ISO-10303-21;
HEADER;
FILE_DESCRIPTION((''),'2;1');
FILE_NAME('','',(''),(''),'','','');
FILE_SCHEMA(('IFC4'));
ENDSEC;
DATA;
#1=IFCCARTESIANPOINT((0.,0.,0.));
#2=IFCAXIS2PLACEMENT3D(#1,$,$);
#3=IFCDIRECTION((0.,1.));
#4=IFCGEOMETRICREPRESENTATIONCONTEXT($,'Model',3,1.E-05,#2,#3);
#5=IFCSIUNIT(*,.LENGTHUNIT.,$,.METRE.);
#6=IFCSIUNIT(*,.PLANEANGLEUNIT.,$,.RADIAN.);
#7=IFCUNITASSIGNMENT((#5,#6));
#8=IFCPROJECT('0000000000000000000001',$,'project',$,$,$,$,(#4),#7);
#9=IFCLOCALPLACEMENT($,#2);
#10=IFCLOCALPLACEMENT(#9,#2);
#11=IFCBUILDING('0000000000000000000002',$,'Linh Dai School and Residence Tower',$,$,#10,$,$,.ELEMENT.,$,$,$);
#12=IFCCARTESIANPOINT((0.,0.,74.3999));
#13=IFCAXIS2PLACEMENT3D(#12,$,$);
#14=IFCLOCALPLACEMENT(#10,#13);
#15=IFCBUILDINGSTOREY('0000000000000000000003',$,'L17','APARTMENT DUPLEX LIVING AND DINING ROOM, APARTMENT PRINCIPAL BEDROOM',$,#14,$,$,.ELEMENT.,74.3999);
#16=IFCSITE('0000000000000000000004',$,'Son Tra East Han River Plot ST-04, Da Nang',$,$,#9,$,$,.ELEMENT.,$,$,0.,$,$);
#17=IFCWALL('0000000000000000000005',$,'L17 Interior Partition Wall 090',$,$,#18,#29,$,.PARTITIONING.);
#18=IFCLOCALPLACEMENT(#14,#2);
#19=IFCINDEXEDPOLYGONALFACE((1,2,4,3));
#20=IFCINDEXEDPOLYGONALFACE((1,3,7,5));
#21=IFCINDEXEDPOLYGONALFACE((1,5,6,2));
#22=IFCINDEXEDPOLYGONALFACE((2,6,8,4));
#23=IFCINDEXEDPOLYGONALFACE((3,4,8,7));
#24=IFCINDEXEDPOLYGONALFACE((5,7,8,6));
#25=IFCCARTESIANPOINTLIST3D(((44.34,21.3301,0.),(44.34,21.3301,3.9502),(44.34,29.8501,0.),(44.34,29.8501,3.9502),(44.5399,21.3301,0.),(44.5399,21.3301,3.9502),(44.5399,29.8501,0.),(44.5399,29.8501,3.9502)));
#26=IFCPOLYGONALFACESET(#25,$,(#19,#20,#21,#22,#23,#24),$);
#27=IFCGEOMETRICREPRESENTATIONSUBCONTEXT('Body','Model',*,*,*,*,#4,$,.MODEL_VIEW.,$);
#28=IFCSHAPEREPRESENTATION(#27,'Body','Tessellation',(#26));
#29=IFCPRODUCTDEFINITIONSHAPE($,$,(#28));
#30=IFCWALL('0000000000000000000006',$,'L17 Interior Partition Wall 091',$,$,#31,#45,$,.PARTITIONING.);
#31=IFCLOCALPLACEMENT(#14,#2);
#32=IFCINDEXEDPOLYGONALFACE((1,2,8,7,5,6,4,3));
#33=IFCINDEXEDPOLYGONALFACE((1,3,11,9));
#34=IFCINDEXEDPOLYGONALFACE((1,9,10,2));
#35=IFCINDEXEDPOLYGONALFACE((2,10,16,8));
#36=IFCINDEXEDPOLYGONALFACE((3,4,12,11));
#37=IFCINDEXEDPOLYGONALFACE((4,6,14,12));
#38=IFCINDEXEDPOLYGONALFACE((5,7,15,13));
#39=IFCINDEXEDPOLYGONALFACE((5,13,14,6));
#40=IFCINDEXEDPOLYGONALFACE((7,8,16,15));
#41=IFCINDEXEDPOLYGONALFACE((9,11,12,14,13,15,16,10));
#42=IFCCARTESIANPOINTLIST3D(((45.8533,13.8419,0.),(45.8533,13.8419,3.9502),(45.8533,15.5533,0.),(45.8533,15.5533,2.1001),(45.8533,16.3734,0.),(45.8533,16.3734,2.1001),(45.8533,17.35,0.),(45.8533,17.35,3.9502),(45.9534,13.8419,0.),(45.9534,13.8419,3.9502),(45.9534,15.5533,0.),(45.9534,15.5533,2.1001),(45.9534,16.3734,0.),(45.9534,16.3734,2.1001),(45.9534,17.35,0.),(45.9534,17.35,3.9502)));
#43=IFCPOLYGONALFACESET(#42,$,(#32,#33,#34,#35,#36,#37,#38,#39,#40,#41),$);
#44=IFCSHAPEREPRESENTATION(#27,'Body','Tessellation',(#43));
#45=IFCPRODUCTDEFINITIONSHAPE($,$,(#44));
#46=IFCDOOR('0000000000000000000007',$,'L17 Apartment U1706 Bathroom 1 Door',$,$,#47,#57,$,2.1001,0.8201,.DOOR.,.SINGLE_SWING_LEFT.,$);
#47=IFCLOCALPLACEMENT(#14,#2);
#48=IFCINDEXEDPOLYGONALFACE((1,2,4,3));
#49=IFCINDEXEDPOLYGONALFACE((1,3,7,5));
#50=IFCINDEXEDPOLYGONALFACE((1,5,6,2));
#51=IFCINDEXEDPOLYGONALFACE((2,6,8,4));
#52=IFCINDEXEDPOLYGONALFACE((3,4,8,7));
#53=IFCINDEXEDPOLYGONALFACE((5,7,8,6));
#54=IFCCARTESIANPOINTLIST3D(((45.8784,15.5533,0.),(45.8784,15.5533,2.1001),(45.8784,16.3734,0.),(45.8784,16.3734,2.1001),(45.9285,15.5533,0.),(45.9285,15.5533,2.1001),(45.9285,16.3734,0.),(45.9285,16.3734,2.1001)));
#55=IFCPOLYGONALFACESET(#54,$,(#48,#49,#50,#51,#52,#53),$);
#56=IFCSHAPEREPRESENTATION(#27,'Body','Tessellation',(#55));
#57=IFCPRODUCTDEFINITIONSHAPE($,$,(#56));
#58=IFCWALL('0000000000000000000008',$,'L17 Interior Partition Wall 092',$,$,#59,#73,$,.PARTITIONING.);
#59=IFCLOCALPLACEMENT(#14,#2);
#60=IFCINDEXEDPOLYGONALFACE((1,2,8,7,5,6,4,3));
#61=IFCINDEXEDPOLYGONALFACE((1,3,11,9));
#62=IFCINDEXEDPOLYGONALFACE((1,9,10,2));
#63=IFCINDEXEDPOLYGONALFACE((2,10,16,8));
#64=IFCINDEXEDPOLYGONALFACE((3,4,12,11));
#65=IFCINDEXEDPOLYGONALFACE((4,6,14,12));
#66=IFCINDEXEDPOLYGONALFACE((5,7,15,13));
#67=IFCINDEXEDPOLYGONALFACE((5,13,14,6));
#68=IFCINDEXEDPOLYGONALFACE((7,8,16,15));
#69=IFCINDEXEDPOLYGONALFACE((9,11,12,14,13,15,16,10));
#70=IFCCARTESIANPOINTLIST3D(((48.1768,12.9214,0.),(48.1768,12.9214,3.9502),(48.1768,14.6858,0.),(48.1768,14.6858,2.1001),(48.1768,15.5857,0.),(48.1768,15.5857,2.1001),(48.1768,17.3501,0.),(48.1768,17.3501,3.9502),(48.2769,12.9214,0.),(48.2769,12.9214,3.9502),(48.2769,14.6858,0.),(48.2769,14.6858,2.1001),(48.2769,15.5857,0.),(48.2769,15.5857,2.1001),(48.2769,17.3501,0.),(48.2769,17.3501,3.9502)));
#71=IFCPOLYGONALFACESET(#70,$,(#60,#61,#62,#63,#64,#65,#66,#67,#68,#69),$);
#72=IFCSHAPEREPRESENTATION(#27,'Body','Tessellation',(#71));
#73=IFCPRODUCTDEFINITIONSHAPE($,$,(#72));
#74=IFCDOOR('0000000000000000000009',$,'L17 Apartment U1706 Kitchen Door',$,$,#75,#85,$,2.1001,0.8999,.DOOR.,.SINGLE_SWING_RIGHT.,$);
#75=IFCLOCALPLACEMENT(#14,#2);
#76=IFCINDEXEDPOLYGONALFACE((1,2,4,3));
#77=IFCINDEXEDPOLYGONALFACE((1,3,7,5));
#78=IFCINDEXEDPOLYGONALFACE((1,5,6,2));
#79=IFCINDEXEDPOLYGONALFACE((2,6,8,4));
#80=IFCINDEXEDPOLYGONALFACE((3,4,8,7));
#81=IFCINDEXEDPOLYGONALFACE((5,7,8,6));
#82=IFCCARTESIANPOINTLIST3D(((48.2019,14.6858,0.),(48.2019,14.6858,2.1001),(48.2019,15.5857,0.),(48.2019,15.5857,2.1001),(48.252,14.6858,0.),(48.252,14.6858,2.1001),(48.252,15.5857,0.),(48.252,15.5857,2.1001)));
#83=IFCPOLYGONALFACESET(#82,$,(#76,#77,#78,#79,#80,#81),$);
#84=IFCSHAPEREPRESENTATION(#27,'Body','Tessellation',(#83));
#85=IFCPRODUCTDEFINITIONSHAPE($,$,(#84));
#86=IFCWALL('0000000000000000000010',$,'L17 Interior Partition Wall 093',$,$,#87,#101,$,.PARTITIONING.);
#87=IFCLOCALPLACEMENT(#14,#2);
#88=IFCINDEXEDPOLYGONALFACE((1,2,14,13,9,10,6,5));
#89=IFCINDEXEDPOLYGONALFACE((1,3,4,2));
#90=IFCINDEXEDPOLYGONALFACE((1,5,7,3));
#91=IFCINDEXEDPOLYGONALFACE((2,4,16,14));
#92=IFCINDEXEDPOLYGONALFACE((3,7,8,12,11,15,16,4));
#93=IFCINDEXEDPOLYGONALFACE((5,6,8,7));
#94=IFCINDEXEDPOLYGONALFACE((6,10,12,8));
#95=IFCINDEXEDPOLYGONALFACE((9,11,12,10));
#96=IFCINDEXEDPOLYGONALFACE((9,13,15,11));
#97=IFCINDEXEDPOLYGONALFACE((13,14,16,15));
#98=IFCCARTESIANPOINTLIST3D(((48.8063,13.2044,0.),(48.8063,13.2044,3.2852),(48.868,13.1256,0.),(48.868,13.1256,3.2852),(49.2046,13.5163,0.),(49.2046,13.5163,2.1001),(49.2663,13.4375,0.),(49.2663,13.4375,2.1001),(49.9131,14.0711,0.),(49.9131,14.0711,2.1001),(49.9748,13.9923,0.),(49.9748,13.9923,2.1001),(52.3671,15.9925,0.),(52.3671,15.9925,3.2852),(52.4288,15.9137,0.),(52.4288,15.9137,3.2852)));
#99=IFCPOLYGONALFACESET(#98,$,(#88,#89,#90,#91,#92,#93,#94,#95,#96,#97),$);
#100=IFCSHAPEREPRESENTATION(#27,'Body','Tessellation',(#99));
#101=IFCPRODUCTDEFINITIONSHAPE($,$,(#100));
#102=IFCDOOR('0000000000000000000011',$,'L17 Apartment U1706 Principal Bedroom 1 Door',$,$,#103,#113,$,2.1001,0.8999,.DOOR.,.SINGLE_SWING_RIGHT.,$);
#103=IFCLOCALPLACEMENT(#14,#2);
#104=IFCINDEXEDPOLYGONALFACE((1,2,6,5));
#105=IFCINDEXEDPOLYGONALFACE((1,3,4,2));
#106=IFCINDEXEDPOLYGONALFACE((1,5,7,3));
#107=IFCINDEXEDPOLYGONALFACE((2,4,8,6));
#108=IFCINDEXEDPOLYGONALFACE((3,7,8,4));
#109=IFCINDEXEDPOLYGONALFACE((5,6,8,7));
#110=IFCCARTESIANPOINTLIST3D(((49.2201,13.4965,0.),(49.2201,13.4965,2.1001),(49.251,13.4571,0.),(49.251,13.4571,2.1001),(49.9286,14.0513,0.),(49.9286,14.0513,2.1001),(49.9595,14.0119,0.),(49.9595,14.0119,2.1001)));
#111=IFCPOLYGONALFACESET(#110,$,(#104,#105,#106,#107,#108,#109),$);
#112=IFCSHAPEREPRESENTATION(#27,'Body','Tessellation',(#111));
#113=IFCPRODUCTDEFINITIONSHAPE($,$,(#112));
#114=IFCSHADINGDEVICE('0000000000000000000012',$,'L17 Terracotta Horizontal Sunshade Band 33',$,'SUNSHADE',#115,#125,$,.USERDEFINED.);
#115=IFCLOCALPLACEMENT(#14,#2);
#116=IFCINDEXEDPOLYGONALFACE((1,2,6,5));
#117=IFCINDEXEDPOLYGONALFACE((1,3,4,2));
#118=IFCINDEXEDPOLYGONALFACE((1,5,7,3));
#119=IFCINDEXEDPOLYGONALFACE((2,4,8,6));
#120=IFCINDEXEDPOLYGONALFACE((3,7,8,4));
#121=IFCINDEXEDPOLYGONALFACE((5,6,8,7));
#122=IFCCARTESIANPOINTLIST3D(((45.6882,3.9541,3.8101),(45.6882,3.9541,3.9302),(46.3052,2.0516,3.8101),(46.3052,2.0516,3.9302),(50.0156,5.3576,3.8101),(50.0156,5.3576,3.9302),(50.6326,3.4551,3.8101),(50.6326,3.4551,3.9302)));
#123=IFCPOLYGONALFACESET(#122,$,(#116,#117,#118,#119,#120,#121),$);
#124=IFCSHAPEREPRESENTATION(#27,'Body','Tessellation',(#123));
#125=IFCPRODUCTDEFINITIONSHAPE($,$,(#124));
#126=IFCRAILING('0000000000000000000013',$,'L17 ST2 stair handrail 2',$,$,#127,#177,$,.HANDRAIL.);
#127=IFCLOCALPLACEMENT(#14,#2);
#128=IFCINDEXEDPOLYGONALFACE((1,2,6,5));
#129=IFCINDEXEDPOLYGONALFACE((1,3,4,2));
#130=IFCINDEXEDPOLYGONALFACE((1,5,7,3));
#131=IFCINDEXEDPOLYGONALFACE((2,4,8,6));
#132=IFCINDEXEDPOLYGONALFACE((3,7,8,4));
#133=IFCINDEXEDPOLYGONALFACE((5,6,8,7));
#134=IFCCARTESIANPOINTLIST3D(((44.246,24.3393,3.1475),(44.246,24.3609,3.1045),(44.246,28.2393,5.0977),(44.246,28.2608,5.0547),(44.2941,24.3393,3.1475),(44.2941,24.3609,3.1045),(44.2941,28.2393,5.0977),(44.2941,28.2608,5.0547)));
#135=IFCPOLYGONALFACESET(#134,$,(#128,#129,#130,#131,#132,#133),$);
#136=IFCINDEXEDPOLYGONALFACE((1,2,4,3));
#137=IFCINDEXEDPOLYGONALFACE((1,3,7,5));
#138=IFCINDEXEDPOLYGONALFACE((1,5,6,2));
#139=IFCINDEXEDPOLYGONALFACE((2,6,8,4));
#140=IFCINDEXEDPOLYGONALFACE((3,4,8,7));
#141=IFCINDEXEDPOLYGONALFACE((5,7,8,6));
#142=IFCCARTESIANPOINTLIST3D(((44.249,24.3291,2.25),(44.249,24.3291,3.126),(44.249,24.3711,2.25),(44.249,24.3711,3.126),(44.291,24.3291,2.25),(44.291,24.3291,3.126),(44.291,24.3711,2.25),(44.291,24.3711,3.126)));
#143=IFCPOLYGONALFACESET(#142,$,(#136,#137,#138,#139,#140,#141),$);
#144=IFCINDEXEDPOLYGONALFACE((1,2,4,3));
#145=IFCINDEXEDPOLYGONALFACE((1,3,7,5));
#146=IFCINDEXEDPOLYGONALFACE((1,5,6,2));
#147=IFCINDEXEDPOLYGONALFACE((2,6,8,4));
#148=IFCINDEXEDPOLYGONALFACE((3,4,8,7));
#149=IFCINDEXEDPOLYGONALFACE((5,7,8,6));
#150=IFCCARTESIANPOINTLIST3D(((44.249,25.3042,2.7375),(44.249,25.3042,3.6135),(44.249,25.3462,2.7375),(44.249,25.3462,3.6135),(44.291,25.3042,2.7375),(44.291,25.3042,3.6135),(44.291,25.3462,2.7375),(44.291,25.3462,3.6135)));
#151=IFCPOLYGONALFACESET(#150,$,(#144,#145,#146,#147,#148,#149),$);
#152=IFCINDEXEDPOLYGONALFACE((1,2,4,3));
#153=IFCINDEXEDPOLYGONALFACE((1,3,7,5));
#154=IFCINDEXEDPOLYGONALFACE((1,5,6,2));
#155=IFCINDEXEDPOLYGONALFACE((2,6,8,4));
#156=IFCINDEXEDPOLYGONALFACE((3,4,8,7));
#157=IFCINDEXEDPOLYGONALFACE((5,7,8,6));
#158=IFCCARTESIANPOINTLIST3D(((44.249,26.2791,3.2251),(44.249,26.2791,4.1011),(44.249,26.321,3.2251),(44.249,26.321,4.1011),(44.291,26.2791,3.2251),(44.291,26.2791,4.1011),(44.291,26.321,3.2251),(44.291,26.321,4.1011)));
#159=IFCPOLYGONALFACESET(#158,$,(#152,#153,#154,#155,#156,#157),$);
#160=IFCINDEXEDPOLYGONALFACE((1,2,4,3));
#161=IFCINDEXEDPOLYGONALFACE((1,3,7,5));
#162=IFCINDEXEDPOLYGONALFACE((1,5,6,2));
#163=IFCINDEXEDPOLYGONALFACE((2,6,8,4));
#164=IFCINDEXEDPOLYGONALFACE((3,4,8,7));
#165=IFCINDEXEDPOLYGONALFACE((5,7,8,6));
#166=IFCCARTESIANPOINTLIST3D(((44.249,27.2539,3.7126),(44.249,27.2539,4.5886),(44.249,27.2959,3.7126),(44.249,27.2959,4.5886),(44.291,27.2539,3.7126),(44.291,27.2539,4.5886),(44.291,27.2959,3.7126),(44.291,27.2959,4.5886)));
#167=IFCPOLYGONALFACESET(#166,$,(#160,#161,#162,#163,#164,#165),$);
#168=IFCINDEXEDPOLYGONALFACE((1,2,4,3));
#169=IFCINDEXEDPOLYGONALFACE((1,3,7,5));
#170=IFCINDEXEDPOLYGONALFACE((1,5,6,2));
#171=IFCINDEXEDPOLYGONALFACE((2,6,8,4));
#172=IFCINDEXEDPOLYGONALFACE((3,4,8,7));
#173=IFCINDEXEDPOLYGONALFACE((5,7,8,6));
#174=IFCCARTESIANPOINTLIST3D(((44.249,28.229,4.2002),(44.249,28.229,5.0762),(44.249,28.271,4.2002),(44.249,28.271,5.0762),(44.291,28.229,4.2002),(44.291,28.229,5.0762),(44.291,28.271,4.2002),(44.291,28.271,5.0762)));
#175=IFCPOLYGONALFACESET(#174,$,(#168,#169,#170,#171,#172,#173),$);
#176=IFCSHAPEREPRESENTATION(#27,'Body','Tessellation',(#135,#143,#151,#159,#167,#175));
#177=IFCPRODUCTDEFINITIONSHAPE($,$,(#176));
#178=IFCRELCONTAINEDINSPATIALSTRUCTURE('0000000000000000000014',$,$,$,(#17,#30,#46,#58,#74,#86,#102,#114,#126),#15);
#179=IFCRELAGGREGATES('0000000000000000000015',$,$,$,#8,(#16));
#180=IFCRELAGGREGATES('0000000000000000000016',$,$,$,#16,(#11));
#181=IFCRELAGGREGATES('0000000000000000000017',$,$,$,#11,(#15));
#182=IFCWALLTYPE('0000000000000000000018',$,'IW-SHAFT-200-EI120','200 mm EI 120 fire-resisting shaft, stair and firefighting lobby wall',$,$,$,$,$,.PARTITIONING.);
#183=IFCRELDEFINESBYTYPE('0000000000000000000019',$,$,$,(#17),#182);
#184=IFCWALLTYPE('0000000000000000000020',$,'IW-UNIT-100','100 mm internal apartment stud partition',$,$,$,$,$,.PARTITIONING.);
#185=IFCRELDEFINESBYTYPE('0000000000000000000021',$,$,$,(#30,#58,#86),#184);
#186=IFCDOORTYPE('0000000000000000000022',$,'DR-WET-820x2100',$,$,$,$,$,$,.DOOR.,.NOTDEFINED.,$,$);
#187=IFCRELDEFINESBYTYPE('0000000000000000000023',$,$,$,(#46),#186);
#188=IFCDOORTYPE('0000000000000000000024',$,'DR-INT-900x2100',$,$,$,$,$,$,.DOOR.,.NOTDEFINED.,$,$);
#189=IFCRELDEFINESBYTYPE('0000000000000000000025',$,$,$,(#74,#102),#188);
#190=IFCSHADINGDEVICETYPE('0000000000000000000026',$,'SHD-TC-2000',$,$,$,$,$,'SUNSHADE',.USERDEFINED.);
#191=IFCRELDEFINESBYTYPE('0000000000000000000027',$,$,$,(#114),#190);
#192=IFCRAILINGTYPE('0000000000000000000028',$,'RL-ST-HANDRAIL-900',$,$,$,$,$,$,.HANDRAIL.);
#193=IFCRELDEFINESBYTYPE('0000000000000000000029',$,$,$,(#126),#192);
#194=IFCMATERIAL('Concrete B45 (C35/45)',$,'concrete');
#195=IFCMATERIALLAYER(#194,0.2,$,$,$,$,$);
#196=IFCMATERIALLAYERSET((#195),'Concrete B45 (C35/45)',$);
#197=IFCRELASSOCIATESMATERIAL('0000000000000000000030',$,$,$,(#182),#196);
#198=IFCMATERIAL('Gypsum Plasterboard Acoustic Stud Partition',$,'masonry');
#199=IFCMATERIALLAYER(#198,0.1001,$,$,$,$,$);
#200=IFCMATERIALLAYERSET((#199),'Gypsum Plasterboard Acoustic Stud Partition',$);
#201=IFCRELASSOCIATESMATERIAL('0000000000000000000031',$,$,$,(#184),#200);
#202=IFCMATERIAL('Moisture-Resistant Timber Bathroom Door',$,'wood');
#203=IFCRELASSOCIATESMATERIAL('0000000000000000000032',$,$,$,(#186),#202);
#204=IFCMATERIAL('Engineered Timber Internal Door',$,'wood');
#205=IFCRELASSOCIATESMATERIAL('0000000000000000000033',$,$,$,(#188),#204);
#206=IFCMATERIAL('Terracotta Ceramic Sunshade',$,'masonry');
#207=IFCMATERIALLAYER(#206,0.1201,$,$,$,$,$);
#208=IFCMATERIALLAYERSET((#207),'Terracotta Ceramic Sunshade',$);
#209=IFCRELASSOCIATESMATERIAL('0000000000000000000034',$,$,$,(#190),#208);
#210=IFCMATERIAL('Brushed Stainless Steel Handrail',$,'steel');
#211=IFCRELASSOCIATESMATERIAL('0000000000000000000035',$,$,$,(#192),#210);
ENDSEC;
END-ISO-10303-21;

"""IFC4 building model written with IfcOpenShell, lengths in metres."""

from ifc_helpers import new_model, si_unit, direction, frame, frame_2d, origin, origin_2d, place, context, subcontext, project, spatial, rectangle, extrude, source, transform, mapped, material, layer, layer_set, type_object, element, fill, save


model = new_model("IFC4")

# Units and contexts
model_context = context("Model", 3, precision=1e-05, world=origin(), true_north=direction((0.0, 1.0)))
body_context = subcontext(model_context, "Body", "Model", "MODEL_VIEW")
ifc_project = project(units=[si_unit("LENGTHUNIT", "METRE"), si_unit("PLANEANGLEUNIT", "RADIAN")], contexts=[model_context])

# Site, building, storey
site_placement = place(None, origin())
site = spatial("IfcSite", under=ifc_project, at=site_placement, Name="Son Tra East Han River Plot ST-04, Da Nang", CompositionType="ELEMENT", RefElevation=0.0)
building_placement = place(site_placement, origin())
building = spatial("IfcBuilding", under=site, at=building_placement, Name="Linh Dai School and Residence Tower", CompositionType="ELEMENT")
storey_placement = place(building_placement, frame((0.0, 0.0, 74.3999)))
storey = spatial("IfcBuildingStorey", under=building, at=storey_placement, Name="L17", Description="APARTMENT DUPLEX LIVING AND DINING ROOM, APARTMENT PRINCIPAL BEDROOM", CompositionType="ELEMENT", Elevation=74.3999)

# Wall
ifc_material_1 = material(Name="Concrete B45 (C35/45)", Category="concrete")
ifc_layer_1 = layer(ifc_material_1, 0.2)
ifc_layer_set_1 = layer_set([ifc_layer_1], Name="Concrete B45 (C35/45)")
wall_type_1 = type_object("IfcWallType", Name="IW-SHAFT-200-EI120", Description="200 mm EI 120 fire-resisting shaft, stair and firefighting lobby wall", PredefinedType="PARTITIONING", material=ifc_layer_set_1)
wall_1_placement = place(storey_placement, frame((44.4399, 21.3301, 0.0), z_axis=(0.0, 0.0, 1.0), x_axis=(0.0, 1.0, 0.0)))
element("IfcWall", 1, at=wall_1_placement, inside=storey, type_object=wall_type_1, Name="L17 Interior Partition Wall 090", PredefinedType="PARTITIONING", context=body_context, shape_type="SweptSolid", body=[
    extrude(rectangle(XDim=8.52, YDim=0.2, at=frame_2d((4.26, 0.0))), origin(), (0.0, 0.0, 1.0), 3.9502),
])

# Walls, openings, doors
ifc_material_2 = material(Name="Gypsum Plasterboard Acoustic Stud Partition", Category="masonry")
ifc_layer_2 = layer(ifc_material_2, 0.1001)
ifc_layer_set_2 = layer_set([ifc_layer_2], Name="Gypsum Plasterboard Acoustic Stud Partition")
wall_type_2 = type_object("IfcWallType", Name="IW-UNIT-100", Description="100 mm internal apartment stud partition", PredefinedType="PARTITIONING", material=ifc_layer_set_2)
wall_2_placement = place(storey_placement, frame((45.9033, 13.842, 0.0), z_axis=(0.0, 0.0, 1.0), x_axis=(0.0, 1.0, 0.0)))
wall_2 = element("IfcWall", 2, at=wall_2_placement, inside=storey, type_object=wall_type_2, Name="L17 Interior Partition Wall 091", PredefinedType="PARTITIONING", context=body_context, shape_type="SweptSolid", body=[
    extrude(rectangle(XDim=3.5081, YDim=0.1001, at=frame_2d((1.7539, 0.0))), origin(), (0.0, 0.0, 1.0), 3.9502),
])
opening_1_placement = place(wall_2_placement, frame((1.7112, 0.0, 0.0)))
opening_1 = element("IfcOpeningElement", 3, at=opening_1_placement, cuts=wall_2, PredefinedType="OPENING", context=body_context, shape_type="SweptSolid", body=[
    extrude(rectangle(XDim=0.8201, YDim=2.1001, at=origin_2d()), frame((0.4102, 0.0601, 1.05), z_axis=(0.0, -1.0, 0.0), x_axis=(1.0, 0.0, 0.0)), (0.0, 0.0, 1.0), 0.1201),
])
ifc_material_3 = material(Name="Moisture-Resistant Timber Bathroom Door", Category="wood")
door_type_1 = type_object("IfcDoorType", Name="DR-WET-820x2100", OperationType="NOTDEFINED", PredefinedType="DOOR", material=ifc_material_3)
shared_shape_1 = source(origin(), body_context, "Body", "SweptSolid", [
    extrude(rectangle(XDim=0.8201, YDim=2.1001, at=origin_2d()), frame((0.4102, 0.0249, 1.05), z_axis=(0.0, -1.0, 0.0), x_axis=(1.0, 0.0, 0.0)), (0.0, 0.0, 1.0), 0.05),
])
door_1_placement = place(opening_1_placement, origin())
door_1 = element("IfcDoor", 4, at=door_1_placement, inside=storey, type_object=door_type_1, Name="L17 Apartment U1706 Bathroom 1 Door", OperationType="SINGLE_SWING_LEFT", OverallHeight=2.1001, OverallWidth=0.8201, PredefinedType="DOOR", context=body_context, shape_type="MappedRepresentation", body=[
    mapped(shared_shape_1, transform((0.0, 0.0, 0.0), x_axis=(1.0, 0.0, 0.0), y_axis=(0.0, 1.0, 0.0), z_axis=(0.0, 0.0, 1.0), scale=1.0)),
])
fill(opening_1, door_1)
wall_3_placement = place(storey_placement, frame((48.2268, 12.9214, 0.0), z_axis=(0.0, 0.0, 1.0), x_axis=(0.0, 1.0, 0.0)))
wall_3 = element("IfcWall", 5, at=wall_3_placement, inside=storey, type_object=wall_type_2, Name="L17 Interior Partition Wall 092", PredefinedType="PARTITIONING", context=body_context, shape_type="SweptSolid", body=[
    extrude(rectangle(XDim=4.4287, YDim=0.1001, at=frame_2d((2.2144, 0.0))), origin(), (0.0, 0.0, 1.0), 3.9502),
])
opening_2_placement = place(wall_3_placement, frame((1.7644, 0.0, 0.0)))
opening_2 = element("IfcOpeningElement", 6, at=opening_2_placement, cuts=wall_3, PredefinedType="OPENING", context=body_context, shape_type="SweptSolid", body=[
    extrude(rectangle(XDim=0.8999, YDim=2.1001, at=origin_2d()), frame((0.45, 0.0601, 1.05), z_axis=(0.0, -1.0, 0.0), x_axis=(1.0, 0.0, 0.0)), (0.0, 0.0, 1.0), 0.1201),
])
ifc_material_4 = material(Name="Engineered Timber Internal Door", Category="wood")
door_type_2 = type_object("IfcDoorType", Name="DR-INT-900x2100", OperationType="NOTDEFINED", PredefinedType="DOOR", material=ifc_material_4)
shared_shape_2 = source(origin(), body_context, "Body", "SweptSolid", [
    extrude(rectangle(XDim=0.8999, YDim=2.1001, at=origin_2d()), frame((0.45, 0.0249, 1.05), z_axis=(0.0, -1.0, 0.0), x_axis=(1.0, 0.0, 0.0)), (0.0, 0.0, 1.0), 0.05),
])
door_2_placement = place(opening_2_placement, origin())
door_2 = element("IfcDoor", 7, at=door_2_placement, inside=storey, type_object=door_type_2, Name="L17 Apartment U1706 Kitchen Door", OperationType="SINGLE_SWING_RIGHT", OverallHeight=2.1001, OverallWidth=0.8999, PredefinedType="DOOR", context=body_context, shape_type="MappedRepresentation", body=[
    mapped(shared_shape_2, transform((0.0, 0.0, 0.0), x_axis=(1.0, 0.0, 0.0), y_axis=(0.0, 1.0, 0.0), z_axis=(0.0, 0.0, 1.0), scale=1.0)),
])
fill(opening_2, door_2)
wall_4_placement = place(storey_placement, frame((48.8372, 13.165, 0.0), z_axis=(0.0, 0.0, 1.0), x_axis=(0.787357, 0.616497, 0.0)))
wall_4 = element("IfcWall", 8, at=wall_4_placement, inside=storey, type_object=wall_type_2, Name="L17 Interior Partition Wall 093", PredefinedType="PARTITIONING", context=body_context, shape_type="SweptSolid", body=[
    extrude(rectangle(XDim=4.5225, YDim=0.1001, at=frame_2d((2.2612, 0.0))), origin(), (0.0, 0.0, 1.0), 3.2852),
])
opening_3_placement = place(wall_4_placement, frame((0.5059, 0.0, 0.0)))
opening_3 = element("IfcOpeningElement", 9, at=opening_3_placement, cuts=wall_4, PredefinedType="OPENING", context=body_context, shape_type="SweptSolid", body=[
    extrude(rectangle(XDim=0.8999, YDim=2.1001, at=origin_2d()), frame((0.45, 0.0601, 1.05), z_axis=(0.0, -1.0, 0.0), x_axis=(1.0, 0.0, 0.0)), (0.0, 0.0, 1.0), 0.1201),
])
door_3_placement = place(opening_3_placement, origin())
door_3 = element("IfcDoor", 10, at=door_3_placement, inside=storey, type_object=door_type_2, Name="L17 Apartment U1706 Principal Bedroom 1 Door", OperationType="SINGLE_SWING_RIGHT", OverallHeight=2.1001, OverallWidth=0.8999, PredefinedType="DOOR", context=body_context, shape_type="MappedRepresentation", body=[
    mapped(shared_shape_2, transform((0.0, 0.0, 0.0), x_axis=(1.0, 0.0, 0.0), y_axis=(0.0, 1.0, 0.0), z_axis=(0.0, 0.0, 1.0), scale=1.0)),
])
fill(opening_3, door_3)

# Shading device
ifc_material_5 = material(Name="Terracotta Ceramic Sunshade", Category="masonry")
ifc_layer_3 = layer(ifc_material_5, 0.1201)
ifc_layer_set_3 = layer_set([ifc_layer_3], Name="Terracotta Ceramic Sunshade")
shading_device_type = type_object("IfcShadingDeviceType", Name="SHD-TC-2000", ElementType="SUNSHADE", PredefinedType="USERDEFINED", material=ifc_layer_set_3)
shared_shape_3 = source(origin(), body_context, "Body", "SweptSolid", [
    extrude(rectangle(XDim=4.5493, YDim=2.0, at=origin_2d()), origin(), (0.0, 0.0, 1.0), 0.1201),
])
shading_device_placement = place(storey_placement, frame((48.1604, 3.7046, 3.8101), z_axis=(0.0, 0.0, 1.0), x_axis=(-0.951221, -0.308511, 0.0)))
element("IfcShadingDevice", 11, at=shading_device_placement, inside=storey, type_object=shading_device_type, Name="L17 Terracotta Horizontal Sunshade Band 33", ObjectType="SUNSHADE", PredefinedType="USERDEFINED", context=body_context, shape_type="MappedRepresentation", body=[
    mapped(shared_shape_3, transform((0.0, 0.0, 0.0), x_axis=(1.0, 0.0, 0.0), y_axis=(0.0, 1.0, 0.0), z_axis=(0.0, 0.0, 1.0), scale=1.0)),
])

# Railing
ifc_material_6 = material(Name="Brushed Stainless Steel Handrail", Category="steel")
railing_type = type_object("IfcRailingType", Name="RL-ST-HANDRAIL-900", PredefinedType="HANDRAIL", material=ifc_material_6)
shared_shape_4 = source(origin(), body_context, "Body", "SweptSolid", [
    extrude(rectangle(XDim=0.0481, YDim=0.0481, at=origin_2d()), frame((0.0, 0.0, 0.876), z_axis=(0.0, 0.894405, 0.447258), x_axis=(-1.0, 0.0, 0.0)), (0.0, 0.0, 1.0), 4.3604),
    extrude(rectangle(XDim=0.042, YDim=0.042, at=origin_2d()), origin(), (0.0, 0.0, 1.0), 0.876),
    extrude(rectangle(XDim=0.042, YDim=0.042, at=origin_2d()), frame((0.0, 0.9751, 0.4875)), (0.0, 0.0, 1.0), 0.876),
    extrude(rectangle(XDim=0.042, YDim=0.042, at=origin_2d()), frame((0.0, 1.95, 0.9751)), (0.0, 0.0, 1.0), 0.876),
    extrude(rectangle(XDim=0.042, YDim=0.042, at=origin_2d()), frame((0.0, 2.9248, 1.4626)), (0.0, 0.0, 1.0), 0.876),
    extrude(rectangle(XDim=0.042, YDim=0.042, at=origin_2d()), frame((0.0, 3.8999, 1.9502)), (0.0, 0.0, 1.0), 0.876),
])
railing_placement = place(storey_placement, frame((44.27, 24.3501, 2.25)))
element("IfcRailing", 12, at=railing_placement, inside=storey, type_object=railing_type, Name="L17 ST2 stair handrail 2", PredefinedType="HANDRAIL", context=body_context, shape_type="MappedRepresentation", body=[
    mapped(shared_shape_4, transform((0.0, 0.0, 0.0), x_axis=(1.0, 0.0, 0.0), y_axis=(0.0, 1.0, 0.0), z_axis=(0.0, 0.0, 1.0), scale=1.0)),
])

save(model, "model.ifc")
